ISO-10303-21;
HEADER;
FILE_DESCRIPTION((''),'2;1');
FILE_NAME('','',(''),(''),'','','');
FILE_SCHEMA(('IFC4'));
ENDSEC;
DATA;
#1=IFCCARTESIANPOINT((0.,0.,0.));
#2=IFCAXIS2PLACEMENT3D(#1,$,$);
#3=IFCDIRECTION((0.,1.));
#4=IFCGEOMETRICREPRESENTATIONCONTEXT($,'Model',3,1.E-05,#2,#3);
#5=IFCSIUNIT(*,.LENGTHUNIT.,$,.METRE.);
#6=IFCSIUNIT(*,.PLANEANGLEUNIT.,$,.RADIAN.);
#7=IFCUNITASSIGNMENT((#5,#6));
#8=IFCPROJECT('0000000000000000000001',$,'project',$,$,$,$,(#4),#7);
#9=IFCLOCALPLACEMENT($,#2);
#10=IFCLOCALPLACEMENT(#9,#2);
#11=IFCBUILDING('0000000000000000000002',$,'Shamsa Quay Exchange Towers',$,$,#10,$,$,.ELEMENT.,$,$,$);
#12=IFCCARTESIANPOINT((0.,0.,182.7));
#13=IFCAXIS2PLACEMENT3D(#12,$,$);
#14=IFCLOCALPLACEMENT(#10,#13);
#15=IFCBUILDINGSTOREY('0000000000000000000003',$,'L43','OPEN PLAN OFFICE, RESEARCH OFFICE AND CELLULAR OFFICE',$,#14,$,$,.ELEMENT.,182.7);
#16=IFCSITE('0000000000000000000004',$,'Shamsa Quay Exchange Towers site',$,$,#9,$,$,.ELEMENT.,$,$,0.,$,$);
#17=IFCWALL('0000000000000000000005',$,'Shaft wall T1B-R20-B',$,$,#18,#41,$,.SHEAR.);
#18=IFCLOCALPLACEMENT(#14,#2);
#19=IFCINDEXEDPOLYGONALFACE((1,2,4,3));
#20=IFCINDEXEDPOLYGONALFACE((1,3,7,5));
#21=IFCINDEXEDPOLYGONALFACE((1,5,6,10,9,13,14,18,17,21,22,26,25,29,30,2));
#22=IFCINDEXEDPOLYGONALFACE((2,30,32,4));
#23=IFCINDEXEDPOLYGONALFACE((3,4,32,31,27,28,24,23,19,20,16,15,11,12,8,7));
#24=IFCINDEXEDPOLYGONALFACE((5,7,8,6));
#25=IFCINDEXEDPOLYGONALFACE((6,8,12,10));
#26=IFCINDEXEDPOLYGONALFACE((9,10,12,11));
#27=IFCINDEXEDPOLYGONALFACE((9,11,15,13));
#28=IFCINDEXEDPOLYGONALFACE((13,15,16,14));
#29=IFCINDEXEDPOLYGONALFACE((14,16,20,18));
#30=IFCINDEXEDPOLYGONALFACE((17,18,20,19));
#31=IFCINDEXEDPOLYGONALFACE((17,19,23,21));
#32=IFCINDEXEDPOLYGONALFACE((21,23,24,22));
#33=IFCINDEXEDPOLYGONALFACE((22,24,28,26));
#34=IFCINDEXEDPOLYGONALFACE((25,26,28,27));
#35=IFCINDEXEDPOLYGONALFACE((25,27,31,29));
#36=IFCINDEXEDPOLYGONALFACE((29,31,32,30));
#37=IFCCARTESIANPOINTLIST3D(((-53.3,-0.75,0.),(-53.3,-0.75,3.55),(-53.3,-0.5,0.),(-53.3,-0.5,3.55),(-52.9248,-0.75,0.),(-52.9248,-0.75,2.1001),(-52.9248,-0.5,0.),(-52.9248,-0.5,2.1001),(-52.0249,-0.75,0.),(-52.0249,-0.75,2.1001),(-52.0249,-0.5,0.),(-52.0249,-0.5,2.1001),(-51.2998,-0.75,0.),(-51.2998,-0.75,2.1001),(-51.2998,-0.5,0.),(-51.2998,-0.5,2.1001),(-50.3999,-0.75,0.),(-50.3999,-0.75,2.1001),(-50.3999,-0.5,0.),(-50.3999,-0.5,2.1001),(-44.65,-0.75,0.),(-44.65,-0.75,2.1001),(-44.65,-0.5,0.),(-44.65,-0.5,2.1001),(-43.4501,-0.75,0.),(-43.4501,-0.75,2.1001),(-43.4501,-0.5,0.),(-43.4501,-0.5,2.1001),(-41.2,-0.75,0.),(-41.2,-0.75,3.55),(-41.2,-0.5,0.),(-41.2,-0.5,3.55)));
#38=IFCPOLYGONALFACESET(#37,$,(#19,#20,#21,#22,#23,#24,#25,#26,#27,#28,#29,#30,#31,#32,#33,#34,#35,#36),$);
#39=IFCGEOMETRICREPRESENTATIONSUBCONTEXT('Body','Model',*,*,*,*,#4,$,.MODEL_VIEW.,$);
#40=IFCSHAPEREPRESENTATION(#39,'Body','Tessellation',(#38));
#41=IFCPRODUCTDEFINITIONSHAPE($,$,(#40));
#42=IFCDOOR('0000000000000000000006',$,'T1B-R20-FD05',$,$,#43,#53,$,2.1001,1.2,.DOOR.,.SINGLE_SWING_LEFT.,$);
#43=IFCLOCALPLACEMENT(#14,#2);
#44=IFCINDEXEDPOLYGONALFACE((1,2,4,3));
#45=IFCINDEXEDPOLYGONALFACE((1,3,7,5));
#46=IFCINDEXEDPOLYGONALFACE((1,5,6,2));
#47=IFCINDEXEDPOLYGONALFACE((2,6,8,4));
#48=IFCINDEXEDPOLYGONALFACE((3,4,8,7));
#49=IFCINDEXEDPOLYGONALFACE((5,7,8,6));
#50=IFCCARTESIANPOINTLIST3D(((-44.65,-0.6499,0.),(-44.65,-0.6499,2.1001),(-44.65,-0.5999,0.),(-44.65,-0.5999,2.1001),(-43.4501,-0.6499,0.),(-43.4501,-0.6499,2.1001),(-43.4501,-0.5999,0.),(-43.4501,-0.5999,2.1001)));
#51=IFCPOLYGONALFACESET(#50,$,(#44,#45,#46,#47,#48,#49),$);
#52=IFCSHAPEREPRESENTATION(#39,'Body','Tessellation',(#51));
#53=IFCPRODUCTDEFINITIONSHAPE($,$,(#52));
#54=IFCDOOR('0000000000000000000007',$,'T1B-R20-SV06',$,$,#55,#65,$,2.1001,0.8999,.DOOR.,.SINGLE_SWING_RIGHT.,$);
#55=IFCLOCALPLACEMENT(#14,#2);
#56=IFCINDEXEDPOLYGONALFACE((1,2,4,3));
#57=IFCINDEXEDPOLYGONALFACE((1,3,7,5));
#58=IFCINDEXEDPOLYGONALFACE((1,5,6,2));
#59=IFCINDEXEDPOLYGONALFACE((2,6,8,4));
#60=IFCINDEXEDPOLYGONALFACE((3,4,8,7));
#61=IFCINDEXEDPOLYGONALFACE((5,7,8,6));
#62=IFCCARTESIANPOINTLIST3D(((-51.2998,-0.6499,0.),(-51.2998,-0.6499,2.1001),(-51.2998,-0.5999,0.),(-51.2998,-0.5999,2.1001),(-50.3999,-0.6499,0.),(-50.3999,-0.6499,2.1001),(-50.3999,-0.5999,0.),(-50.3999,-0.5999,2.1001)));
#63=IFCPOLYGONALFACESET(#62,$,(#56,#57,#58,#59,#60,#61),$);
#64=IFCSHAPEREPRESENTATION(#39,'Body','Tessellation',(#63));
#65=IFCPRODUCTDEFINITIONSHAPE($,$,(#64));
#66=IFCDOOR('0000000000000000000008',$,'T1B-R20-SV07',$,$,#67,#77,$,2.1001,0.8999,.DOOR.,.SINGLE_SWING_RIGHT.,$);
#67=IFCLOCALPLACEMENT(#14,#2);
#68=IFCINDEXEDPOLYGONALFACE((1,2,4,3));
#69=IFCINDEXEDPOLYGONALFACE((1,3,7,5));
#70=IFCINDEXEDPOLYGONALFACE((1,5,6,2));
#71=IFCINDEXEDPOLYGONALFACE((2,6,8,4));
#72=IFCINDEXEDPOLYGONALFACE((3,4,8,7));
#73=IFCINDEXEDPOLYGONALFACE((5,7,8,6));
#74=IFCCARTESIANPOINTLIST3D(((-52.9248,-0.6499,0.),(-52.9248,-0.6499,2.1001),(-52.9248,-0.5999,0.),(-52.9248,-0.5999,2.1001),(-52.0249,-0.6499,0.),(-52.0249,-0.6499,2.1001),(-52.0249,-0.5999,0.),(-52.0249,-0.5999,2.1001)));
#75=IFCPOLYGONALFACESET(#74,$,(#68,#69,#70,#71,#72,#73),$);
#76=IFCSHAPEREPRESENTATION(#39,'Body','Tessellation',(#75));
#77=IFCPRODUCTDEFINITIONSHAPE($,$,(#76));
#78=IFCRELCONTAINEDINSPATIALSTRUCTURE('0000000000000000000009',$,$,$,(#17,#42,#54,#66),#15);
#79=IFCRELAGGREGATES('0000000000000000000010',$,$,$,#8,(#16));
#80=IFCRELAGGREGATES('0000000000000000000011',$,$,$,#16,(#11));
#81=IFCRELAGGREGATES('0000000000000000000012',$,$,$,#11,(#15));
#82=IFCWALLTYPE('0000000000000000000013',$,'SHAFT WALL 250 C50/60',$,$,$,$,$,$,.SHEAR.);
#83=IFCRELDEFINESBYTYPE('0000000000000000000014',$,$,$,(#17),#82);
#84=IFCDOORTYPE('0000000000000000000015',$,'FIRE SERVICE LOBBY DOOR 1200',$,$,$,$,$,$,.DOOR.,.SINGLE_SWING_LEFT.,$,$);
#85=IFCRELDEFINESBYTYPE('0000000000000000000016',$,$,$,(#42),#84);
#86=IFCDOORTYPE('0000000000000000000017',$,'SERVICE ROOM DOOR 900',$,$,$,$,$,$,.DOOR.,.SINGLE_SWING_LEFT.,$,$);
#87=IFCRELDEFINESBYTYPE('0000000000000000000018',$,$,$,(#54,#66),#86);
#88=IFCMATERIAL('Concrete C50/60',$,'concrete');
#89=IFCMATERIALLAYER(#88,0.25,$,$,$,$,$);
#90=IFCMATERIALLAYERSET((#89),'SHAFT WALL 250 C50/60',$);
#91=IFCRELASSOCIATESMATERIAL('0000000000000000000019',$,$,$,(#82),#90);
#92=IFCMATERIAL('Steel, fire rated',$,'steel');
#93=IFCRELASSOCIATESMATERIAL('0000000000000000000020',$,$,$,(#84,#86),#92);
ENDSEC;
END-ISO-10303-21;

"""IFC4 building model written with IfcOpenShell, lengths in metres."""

from ifc_helpers import new_model, si_unit, direction, frame, frame_2d, origin, place, context, subcontext, project, spatial, rectangle, extrude, material, layer, layer_set, type_object, element, fill, save


model = new_model("IFC4")

# Units and contexts
model_context = context("Model", 3, precision=1e-05, world=origin(), true_north=direction((0.0, 1.0)))
body_context = subcontext(model_context, "Body", "Model", "MODEL_VIEW")
ifc_project = project(units=[si_unit("LENGTHUNIT", "METRE"), si_unit("PLANEANGLEUNIT", "RADIAN")], contexts=[model_context])

# Site, building, storey
site_placement = place(None, origin())
site = spatial("IfcSite", under=ifc_project, at=site_placement, Name="Shamsa Quay Exchange Towers site", CompositionType="ELEMENT", RefElevation=0.0)
building_placement = place(site_placement, origin())
building = spatial("IfcBuilding", under=site, at=building_placement, Name="Shamsa Quay Exchange Towers", CompositionType="ELEMENT")
storey_placement = place(building_placement, frame((0.0, 0.0, 182.7)))
storey = spatial("IfcBuildingStorey", under=building, at=storey_placement, Name="L43", Description="OPEN PLAN OFFICE, RESEARCH OFFICE AND CELLULAR OFFICE", CompositionType="ELEMENT", Elevation=182.7)

# Wall, openings, doors
ifc_material_1 = material(Name="Concrete C50/60", Category="concrete")
ifc_layer_1 = layer(ifc_material_1, 0.25)
ifc_layer_set_1 = layer_set([ifc_layer_1], Name="SHAFT WALL 250 C50/60")
wall_type_1 = type_object("IfcWallType", Name="SHAFT WALL 250 C50/60", PredefinedType="SHEAR", material=ifc_layer_set_1)
wall_1_placement = place(storey_placement, frame((-41.2, -0.625, 0.0), z_axis=(0.0, 0.0, 1.0), x_axis=(-1.0, 0.0, 0.0)))
wall_1 = element("IfcWall", 1, at=wall_1_placement, inside=storey, type_object=wall_type_1, Name="Shaft wall T1B-R20-B", PredefinedType="SHEAR", context=body_context, shape_type="SweptSolid", body=[
    extrude(rectangle(XDim=12.1001, YDim=0.25, at=frame_2d((6.05, 0.0))), origin(), (0.0, 0.0, 1.0), 3.55),
])
opening_1_placement = place(wall_1_placement, frame((2.25, 0.0, 0.0)))
opening_1 = element("IfcOpeningElement", 2, at=opening_1_placement, cuts=wall_1, PredefinedType="OPENING", context=body_context, shape_type="SweptSolid", body=[
    extrude(rectangle(XDim=1.2, YDim=2.1001, at=frame_2d((0.6001, 1.05))), frame((0.0, 0.135, 0.0), z_axis=(0.0, -1.0, 0.0), x_axis=(1.0, 0.0, 0.0)), (0.0, 0.0, 1.0), 0.27),
])
opening_2_placement = place(wall_1_placement, frame((9.2, 0.0, 0.0)))
opening_2 = element("IfcOpeningElement", 3, at=opening_2_placement, cuts=wall_1, PredefinedType="OPENING", context=body_context, shape_type="SweptSolid", body=[
    extrude(rectangle(XDim=0.8999, YDim=2.1001, at=frame_2d((0.45, 1.05))), frame((0.0, 0.135, 0.0), z_axis=(0.0, -1.0, 0.0), x_axis=(1.0, 0.0, 0.0)), (0.0, 0.0, 1.0), 0.27),
])
opening_3_placement = place(wall_1_placement, frame((10.825, 0.0, 0.0)))
opening_3 = element("IfcOpeningElement", 4, at=opening_3_placement, cuts=wall_1, PredefinedType="OPENING", context=body_context, shape_type="SweptSolid", body=[
    extrude(rectangle(XDim=0.8999, YDim=2.1001, at=frame_2d((0.45, 1.05))), frame((0.0, 0.135, 0.0), z_axis=(0.0, -1.0, 0.0), x_axis=(1.0, 0.0, 0.0)), (0.0, 0.0, 1.0), 0.27),
])
ifc_material_2 = material(Name="Steel, fire rated", Category="steel")
door_type_1 = type_object("IfcDoorType", Name="FIRE SERVICE LOBBY DOOR 1200", OperationType="SINGLE_SWING_LEFT", PredefinedType="DOOR", material=ifc_material_2)
door_1_placement = place(opening_1_placement, origin())
door_1 = element("IfcDoor", 5, at=door_1_placement, inside=storey, type_object=door_type_1, Name="T1B-R20-FD05", OperationType="SINGLE_SWING_LEFT", OverallHeight=2.1001, OverallWidth=1.2, PredefinedType="DOOR", context=body_context, shape_type="SweptSolid", body=[
    extrude(rectangle(XDim=1.2, YDim=2.1001, at=frame_2d((0.6001, 1.05))), frame((0.0, 0.0249, 0.0), z_axis=(0.0, -1.0, 0.0), x_axis=(1.0, 0.0, 0.0)), (0.0, 0.0, 1.0), 0.05),
])
fill(opening_1, door_1)
door_type_2 = type_object("IfcDoorType", Name="SERVICE ROOM DOOR 900", OperationType="SINGLE_SWING_LEFT", PredefinedType="DOOR", material=ifc_material_2)
door_2_placement = place(opening_2_placement, origin())
door_2 = element("IfcDoor", 6, at=door_2_placement, inside=storey, type_object=door_type_2, Name="T1B-R20-SV06", OperationType="SINGLE_SWING_RIGHT", OverallHeight=2.1001, OverallWidth=0.8999, PredefinedType="DOOR", context=body_context, shape_type="SweptSolid", body=[
    extrude(rectangle(XDim=0.8999, YDim=2.1001, at=frame_2d((0.45, 1.05))), frame((0.0, 0.0249, 0.0), z_axis=(0.0, -1.0, 0.0), x_axis=(1.0, 0.0, 0.0)), (0.0, 0.0, 1.0), 0.05),
])
fill(opening_2, door_2)
door_3_placement = place(opening_3_placement, origin())
door_3 = element("IfcDoor", 7, at=door_3_placement, inside=storey, type_object=door_type_2, Name="T1B-R20-SV07", OperationType="SINGLE_SWING_RIGHT", OverallHeight=2.1001, OverallWidth=0.8999, PredefinedType="DOOR", context=body_context, shape_type="SweptSolid", body=[
    extrude(rectangle(XDim=0.8999, YDim=2.1001, at=frame_2d((0.45, 1.05))), frame((0.0, 0.0249, 0.0), z_axis=(0.0, -1.0, 0.0), x_axis=(1.0, 0.0, 0.0)), (0.0, 0.0, 1.0), 0.05),
])
fill(opening_3, door_3)

save(model, "model.ifc")
